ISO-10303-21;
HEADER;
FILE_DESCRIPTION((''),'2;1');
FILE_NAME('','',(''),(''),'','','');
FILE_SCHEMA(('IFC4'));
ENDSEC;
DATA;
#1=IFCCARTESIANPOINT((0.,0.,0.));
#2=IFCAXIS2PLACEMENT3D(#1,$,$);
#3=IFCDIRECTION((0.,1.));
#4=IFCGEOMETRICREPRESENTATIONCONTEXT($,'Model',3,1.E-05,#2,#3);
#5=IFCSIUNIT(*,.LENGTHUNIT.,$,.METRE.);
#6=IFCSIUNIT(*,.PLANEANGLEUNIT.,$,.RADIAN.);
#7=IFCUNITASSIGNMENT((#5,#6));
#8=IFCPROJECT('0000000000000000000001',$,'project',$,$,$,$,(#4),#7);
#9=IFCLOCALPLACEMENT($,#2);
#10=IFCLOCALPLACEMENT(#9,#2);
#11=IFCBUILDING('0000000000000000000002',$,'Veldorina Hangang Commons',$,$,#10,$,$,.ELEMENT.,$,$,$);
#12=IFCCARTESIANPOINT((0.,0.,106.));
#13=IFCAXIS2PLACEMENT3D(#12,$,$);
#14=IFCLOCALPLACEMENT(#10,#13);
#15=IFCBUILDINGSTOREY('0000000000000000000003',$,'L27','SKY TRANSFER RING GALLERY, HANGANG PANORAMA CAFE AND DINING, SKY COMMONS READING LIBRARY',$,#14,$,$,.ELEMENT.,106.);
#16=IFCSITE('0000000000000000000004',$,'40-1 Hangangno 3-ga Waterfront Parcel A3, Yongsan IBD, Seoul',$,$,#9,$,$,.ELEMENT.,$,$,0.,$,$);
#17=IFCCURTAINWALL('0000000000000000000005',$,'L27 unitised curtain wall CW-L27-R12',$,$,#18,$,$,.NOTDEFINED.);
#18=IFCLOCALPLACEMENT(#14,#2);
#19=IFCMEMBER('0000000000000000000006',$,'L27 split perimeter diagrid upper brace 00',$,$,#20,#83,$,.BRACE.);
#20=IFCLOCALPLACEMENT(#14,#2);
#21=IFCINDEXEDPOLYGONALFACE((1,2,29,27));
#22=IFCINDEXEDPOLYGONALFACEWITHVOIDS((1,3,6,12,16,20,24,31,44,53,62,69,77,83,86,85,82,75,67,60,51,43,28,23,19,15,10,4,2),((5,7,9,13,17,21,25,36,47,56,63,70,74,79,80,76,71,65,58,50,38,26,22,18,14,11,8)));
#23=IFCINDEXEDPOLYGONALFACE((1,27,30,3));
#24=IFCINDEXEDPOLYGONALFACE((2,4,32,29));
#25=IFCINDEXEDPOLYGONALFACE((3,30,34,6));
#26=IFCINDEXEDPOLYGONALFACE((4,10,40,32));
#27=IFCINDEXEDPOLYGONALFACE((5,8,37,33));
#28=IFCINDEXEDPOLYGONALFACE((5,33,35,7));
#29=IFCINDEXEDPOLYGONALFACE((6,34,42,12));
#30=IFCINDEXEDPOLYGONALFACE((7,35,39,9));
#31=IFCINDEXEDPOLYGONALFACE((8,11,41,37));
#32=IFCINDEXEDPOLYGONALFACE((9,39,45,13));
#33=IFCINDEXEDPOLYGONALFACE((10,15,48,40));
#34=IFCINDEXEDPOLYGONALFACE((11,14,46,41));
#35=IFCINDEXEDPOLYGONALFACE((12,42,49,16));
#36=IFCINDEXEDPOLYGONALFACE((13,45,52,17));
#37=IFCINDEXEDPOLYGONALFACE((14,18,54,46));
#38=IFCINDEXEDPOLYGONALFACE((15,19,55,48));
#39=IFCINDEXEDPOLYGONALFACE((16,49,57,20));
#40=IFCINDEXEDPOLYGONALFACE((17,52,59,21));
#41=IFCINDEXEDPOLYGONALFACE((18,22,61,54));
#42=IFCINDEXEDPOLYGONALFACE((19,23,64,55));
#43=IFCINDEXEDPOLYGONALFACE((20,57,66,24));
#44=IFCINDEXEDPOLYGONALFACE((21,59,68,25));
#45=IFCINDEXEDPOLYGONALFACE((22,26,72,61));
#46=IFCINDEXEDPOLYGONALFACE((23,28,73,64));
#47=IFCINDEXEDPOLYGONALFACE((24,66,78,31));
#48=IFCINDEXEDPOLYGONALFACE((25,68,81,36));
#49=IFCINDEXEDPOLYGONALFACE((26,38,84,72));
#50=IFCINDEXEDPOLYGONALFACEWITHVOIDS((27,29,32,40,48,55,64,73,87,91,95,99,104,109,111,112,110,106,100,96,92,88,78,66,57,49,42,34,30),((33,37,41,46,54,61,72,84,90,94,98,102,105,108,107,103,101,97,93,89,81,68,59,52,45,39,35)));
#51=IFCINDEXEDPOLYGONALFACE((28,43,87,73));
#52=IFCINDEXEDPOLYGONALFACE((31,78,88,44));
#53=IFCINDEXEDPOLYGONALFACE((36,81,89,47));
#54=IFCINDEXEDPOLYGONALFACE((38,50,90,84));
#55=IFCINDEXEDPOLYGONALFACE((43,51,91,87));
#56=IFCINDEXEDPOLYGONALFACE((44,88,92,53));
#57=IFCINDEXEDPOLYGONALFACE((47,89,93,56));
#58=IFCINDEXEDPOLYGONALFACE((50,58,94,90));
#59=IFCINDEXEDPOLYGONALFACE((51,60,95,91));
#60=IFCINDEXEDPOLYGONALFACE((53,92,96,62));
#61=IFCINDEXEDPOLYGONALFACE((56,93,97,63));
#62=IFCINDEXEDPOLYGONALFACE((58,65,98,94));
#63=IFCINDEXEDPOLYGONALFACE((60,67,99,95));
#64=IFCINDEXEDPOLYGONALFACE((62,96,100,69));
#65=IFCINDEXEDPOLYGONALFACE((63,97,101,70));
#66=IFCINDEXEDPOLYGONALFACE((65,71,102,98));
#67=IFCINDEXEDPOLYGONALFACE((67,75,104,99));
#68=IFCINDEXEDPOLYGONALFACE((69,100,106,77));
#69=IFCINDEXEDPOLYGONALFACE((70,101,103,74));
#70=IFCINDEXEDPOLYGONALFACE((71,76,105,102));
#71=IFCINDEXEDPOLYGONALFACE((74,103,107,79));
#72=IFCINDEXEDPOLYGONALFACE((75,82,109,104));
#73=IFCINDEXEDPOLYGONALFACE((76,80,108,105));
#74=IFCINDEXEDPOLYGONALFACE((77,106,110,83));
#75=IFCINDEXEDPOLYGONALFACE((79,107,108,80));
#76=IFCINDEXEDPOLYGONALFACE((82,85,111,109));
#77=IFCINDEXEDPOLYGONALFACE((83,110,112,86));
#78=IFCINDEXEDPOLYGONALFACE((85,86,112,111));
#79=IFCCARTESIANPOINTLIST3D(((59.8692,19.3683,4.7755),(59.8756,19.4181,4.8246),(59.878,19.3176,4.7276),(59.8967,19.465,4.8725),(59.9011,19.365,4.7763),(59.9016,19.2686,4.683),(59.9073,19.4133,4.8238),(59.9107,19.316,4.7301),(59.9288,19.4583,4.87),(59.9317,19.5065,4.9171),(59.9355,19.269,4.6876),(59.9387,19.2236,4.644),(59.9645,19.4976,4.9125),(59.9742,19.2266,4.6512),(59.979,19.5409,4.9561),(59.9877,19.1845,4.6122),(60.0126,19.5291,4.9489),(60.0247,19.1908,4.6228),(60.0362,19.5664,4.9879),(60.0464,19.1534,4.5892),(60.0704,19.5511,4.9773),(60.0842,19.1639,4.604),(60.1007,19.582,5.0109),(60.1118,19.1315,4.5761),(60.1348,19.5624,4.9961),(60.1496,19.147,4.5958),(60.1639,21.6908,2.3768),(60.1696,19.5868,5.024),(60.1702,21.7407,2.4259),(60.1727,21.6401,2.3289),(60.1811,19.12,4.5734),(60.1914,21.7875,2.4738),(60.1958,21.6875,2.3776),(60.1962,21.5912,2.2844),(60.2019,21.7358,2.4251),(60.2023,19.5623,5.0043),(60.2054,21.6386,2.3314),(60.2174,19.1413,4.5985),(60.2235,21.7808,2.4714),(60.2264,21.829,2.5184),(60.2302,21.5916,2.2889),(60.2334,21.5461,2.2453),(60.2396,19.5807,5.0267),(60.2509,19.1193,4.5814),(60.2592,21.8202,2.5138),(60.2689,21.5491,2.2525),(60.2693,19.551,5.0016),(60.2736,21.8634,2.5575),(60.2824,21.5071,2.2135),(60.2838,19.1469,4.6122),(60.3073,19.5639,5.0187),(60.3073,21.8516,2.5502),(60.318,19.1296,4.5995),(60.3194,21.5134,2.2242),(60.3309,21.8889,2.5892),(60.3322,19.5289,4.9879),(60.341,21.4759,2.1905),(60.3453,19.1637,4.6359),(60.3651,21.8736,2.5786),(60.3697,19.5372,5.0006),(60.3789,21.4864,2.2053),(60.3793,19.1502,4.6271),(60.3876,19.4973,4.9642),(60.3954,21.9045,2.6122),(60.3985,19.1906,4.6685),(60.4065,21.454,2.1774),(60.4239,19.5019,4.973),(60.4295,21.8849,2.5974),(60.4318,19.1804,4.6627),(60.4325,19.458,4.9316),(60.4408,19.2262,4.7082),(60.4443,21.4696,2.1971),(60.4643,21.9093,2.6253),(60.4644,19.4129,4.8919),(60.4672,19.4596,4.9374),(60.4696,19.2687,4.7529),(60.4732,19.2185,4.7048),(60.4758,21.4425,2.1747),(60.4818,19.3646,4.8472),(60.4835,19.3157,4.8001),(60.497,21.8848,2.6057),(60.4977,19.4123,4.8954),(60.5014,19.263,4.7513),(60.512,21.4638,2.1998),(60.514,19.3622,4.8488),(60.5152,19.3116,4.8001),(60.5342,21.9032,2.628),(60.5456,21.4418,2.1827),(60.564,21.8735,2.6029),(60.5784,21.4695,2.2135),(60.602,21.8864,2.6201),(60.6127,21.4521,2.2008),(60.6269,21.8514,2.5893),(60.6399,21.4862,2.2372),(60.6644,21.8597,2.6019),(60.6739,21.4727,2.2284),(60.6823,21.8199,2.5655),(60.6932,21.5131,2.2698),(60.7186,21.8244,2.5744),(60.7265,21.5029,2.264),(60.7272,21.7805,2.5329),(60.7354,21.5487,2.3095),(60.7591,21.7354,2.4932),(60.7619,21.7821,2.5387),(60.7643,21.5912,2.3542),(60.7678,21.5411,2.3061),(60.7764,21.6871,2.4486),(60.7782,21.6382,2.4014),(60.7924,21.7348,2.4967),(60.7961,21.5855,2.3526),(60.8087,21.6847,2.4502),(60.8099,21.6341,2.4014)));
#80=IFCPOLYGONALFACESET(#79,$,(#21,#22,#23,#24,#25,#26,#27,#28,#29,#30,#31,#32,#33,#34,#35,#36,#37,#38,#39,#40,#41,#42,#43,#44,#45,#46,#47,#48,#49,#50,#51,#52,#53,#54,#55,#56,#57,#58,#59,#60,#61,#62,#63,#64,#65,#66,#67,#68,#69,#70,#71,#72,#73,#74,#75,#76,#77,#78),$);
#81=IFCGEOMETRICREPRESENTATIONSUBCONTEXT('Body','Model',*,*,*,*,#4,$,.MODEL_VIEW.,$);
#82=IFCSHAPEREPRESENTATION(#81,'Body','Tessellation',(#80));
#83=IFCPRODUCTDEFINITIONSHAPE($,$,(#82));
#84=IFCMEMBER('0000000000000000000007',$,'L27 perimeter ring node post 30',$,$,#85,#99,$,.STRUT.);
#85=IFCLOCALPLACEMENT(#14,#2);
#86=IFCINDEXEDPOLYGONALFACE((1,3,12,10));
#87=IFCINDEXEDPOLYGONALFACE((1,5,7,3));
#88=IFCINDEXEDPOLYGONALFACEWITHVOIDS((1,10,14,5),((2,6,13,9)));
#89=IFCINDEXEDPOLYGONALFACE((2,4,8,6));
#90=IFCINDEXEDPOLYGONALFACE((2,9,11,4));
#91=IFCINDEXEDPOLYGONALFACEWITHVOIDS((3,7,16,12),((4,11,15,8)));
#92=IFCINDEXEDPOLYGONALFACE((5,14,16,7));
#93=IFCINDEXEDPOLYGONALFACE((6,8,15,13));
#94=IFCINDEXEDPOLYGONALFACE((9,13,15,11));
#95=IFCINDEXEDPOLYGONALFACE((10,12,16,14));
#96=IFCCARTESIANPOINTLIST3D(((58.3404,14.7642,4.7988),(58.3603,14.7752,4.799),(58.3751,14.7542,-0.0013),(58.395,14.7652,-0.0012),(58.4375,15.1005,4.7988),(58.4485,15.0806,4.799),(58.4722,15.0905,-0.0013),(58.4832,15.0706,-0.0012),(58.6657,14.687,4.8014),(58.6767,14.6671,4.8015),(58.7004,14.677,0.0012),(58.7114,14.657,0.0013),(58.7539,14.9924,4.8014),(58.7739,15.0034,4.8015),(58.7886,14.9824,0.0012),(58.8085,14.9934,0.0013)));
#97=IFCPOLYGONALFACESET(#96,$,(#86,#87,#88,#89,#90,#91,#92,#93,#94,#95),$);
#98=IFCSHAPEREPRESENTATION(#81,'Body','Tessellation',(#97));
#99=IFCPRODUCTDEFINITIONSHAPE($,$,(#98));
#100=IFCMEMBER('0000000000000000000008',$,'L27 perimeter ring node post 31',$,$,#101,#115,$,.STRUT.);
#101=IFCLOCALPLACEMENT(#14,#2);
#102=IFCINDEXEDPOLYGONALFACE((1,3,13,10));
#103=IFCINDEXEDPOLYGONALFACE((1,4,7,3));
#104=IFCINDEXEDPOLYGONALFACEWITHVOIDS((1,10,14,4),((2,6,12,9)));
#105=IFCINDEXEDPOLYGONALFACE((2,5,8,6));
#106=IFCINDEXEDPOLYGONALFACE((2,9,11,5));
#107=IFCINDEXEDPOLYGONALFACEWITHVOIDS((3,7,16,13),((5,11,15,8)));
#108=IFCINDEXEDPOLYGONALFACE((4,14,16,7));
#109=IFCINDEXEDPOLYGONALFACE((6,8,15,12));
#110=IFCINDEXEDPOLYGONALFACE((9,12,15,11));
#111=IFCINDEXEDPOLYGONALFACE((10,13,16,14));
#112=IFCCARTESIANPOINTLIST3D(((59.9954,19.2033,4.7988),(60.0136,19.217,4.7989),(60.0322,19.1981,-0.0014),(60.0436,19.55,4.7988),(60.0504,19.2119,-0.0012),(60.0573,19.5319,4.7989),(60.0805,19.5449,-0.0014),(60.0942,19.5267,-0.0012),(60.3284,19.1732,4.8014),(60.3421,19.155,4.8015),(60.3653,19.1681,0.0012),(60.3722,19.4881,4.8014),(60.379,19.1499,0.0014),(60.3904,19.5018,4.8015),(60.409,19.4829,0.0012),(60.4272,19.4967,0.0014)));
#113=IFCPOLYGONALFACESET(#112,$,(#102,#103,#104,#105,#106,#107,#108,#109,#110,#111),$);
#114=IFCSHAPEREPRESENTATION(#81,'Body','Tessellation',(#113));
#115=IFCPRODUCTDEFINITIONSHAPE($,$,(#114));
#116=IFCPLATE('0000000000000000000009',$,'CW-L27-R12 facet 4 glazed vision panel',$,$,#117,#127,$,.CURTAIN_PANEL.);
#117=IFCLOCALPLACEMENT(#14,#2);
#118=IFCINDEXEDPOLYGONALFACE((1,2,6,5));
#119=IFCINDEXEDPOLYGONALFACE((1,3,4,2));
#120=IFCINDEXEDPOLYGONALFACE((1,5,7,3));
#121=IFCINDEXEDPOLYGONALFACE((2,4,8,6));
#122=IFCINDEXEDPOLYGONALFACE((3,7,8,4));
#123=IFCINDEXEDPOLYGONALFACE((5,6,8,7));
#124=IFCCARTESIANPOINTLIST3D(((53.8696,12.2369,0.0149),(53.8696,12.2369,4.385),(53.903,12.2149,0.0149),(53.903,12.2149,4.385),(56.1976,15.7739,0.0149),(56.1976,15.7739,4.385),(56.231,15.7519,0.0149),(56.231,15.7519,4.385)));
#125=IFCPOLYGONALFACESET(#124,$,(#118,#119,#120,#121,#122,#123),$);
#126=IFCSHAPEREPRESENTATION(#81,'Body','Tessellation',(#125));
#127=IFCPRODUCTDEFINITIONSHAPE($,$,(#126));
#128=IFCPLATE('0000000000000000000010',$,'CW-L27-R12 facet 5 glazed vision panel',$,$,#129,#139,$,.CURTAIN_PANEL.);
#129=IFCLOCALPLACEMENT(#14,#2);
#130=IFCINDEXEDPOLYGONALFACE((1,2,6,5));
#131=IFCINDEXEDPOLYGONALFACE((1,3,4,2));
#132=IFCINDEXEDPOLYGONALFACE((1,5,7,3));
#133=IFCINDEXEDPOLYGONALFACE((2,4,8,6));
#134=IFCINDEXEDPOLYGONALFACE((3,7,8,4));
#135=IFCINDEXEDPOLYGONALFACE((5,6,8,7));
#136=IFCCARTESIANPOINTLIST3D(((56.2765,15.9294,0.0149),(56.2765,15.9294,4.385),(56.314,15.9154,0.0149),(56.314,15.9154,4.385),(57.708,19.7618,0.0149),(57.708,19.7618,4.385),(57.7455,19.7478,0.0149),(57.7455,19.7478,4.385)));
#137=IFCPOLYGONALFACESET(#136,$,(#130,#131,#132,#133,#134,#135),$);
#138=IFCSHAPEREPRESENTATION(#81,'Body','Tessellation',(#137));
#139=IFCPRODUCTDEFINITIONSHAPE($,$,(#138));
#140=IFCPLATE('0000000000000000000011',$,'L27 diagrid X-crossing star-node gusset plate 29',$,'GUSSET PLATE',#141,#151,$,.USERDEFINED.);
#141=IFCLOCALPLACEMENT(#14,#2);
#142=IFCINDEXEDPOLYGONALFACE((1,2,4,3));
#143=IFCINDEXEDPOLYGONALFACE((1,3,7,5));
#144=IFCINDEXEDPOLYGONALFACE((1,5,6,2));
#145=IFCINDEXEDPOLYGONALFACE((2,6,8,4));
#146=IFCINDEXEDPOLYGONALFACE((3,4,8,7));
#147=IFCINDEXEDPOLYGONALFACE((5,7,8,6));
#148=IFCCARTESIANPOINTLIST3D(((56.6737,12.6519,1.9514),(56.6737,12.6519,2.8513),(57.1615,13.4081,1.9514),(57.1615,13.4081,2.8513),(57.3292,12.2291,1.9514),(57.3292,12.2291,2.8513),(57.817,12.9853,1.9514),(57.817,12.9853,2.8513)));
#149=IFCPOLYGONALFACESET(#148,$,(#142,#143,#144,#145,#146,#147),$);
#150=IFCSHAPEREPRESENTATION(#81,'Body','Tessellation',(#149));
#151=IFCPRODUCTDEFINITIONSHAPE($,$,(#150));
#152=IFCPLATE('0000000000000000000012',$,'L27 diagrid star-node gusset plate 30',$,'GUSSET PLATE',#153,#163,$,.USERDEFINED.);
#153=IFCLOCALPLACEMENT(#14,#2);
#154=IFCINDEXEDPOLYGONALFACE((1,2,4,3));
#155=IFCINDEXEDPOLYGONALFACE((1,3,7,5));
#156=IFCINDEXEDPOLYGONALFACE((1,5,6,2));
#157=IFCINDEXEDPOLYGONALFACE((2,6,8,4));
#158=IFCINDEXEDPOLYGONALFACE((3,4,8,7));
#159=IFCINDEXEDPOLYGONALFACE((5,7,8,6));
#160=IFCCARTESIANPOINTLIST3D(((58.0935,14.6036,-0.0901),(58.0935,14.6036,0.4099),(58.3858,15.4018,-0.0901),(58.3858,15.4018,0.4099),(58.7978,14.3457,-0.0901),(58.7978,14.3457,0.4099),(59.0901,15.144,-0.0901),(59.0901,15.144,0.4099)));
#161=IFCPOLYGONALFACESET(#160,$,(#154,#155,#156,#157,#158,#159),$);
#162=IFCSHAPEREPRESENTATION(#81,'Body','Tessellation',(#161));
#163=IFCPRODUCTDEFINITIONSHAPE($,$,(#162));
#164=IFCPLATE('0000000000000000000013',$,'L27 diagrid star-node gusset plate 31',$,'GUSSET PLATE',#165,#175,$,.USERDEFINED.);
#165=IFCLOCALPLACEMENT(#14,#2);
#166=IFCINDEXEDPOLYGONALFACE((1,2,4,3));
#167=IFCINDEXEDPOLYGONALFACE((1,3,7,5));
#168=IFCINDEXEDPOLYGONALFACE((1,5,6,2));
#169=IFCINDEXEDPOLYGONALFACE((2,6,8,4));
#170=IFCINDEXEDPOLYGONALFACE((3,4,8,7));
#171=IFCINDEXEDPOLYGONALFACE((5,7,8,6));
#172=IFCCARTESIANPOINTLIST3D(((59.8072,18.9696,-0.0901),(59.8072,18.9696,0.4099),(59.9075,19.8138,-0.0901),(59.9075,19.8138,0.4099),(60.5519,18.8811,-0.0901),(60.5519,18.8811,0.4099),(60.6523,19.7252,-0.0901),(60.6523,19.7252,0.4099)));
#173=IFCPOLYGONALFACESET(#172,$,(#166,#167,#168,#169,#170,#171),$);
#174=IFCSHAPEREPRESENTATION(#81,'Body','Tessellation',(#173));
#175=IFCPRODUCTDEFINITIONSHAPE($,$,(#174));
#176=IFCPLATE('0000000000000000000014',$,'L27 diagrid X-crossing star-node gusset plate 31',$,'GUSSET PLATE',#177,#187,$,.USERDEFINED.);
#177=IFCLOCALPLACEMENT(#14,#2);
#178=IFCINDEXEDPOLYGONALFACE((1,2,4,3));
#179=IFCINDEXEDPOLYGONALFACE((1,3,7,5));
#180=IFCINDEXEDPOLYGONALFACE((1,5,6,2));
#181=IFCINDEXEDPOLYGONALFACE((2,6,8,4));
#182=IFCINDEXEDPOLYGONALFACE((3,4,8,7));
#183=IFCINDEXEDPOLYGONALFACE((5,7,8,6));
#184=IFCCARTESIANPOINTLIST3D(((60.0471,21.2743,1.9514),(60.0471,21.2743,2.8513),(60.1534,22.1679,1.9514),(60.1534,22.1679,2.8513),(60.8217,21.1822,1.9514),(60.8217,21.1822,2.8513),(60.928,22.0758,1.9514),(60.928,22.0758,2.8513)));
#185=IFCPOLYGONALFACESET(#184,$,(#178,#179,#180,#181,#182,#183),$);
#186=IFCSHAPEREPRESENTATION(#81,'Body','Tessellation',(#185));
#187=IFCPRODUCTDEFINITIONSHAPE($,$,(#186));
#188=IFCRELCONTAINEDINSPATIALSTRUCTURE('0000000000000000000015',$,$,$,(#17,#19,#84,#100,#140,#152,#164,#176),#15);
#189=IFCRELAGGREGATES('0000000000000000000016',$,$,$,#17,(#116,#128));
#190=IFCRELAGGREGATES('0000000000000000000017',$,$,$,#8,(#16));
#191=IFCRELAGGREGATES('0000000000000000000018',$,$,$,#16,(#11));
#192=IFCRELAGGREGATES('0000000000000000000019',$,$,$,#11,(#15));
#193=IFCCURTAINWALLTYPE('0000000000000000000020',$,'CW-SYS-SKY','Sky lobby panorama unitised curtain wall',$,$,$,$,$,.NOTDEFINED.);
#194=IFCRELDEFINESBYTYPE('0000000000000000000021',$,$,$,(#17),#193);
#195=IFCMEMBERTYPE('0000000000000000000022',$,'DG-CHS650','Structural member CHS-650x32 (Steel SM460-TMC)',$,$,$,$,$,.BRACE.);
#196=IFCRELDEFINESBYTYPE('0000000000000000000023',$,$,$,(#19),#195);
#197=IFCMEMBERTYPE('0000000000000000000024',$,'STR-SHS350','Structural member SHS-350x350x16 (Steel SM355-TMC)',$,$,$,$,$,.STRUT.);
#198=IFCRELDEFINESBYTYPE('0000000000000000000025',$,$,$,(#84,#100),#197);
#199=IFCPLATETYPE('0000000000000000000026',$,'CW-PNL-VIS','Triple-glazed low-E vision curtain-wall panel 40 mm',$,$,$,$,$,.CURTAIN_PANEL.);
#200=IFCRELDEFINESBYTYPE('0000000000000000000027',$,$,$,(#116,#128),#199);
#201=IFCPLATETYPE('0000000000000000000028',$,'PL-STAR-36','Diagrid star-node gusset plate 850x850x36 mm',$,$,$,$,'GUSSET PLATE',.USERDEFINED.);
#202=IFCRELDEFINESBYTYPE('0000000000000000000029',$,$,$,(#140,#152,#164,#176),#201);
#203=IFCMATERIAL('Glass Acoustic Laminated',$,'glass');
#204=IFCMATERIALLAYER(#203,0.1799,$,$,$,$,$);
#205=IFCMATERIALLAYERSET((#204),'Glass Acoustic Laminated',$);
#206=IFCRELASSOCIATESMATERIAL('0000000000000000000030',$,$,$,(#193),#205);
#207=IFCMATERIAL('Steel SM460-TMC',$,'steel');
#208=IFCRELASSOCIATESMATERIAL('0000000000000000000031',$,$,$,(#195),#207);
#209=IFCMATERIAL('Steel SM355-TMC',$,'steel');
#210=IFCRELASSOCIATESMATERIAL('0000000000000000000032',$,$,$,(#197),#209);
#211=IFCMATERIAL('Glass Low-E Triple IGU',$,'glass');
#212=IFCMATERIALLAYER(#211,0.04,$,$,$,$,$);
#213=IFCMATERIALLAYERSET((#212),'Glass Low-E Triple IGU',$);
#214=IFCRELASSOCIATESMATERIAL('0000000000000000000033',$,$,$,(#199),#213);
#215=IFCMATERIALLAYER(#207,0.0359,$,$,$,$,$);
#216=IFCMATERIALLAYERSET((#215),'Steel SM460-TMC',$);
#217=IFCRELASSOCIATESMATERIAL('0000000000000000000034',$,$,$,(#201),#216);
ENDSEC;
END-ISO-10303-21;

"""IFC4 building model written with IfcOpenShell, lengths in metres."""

from ifc_helpers import new_model, si_unit, direction, frame, origin, origin_2d, place, context, subcontext, project, spatial, rectangle, hollow_rectangle, hollow_circle, extrude, material, layer, layer_set, material_profile, profile_set, type_object, element, aggregate, save


model = new_model("IFC4")

# Units and contexts
model_context = context("Model", 3, precision=1e-05, world=origin(), true_north=direction((0.0, 1.0)))
body_context = subcontext(model_context, "Body", "Model", "MODEL_VIEW")
ifc_project = project(units=[si_unit("LENGTHUNIT", "METRE"), si_unit("PLANEANGLEUNIT", "RADIAN")], contexts=[model_context])

# Site, building, storey
site_placement = place(None, origin())
site = spatial("IfcSite", under=ifc_project, at=site_placement, Name="40-1 Hangangno 3-ga Waterfront Parcel A3, Yongsan IBD, Seoul", CompositionType="ELEMENT", RefElevation=0.0)
building_placement = place(site_placement, origin())
building = spatial("IfcBuilding", under=site, at=building_placement, Name="Veldorina Hangang Commons", CompositionType="ELEMENT")
storey_placement = place(building_placement, frame((0.0, 0.0, 106.0)))
storey = spatial("IfcBuildingStorey", under=building, at=storey_placement, Name="L27", Description="SKY TRANSFER RING GALLERY, HANGANG PANORAMA CAFE AND DINING, SKY COMMONS READING LIBRARY", CompositionType="ELEMENT", Elevation=106.0)

# Shared definitions
ifc_material_1 = material(Name="Steel SM460-TMC", Category="steel")

# Curtain wall
ifc_material_2 = material(Name="Glass Acoustic Laminated", Category="glass")
ifc_layer_1 = layer(ifc_material_2, 0.1799)
ifc_layer_set_1 = layer_set([ifc_layer_1], Name="Glass Acoustic Laminated")
curtain_wall_type = type_object("IfcCurtainWallType", Name="CW-SYS-SKY", Description="Sky lobby panorama unitised curtain wall", PredefinedType="NOTDEFINED", material=ifc_layer_set_1)
curtain_wall_placement = place(storey_placement, origin())
curtain_wall = element("IfcCurtainWall", 1, at=curtain_wall_placement, inside=storey, type_object=curtain_wall_type, Name="L27 unitised curtain wall CW-L27-R12", PredefinedType="NOTDEFINED")

# Members
ifc_material_profile_1 = material_profile(ifc_material_1, hollow_circle(Radius=0.325, WallThickness=0.032, at=origin_2d()), Name="CHS-650x32")
ifc_profile_set_1 = profile_set([ifc_material_profile_1], Name="Steel SM460-TMC")
member_type_1 = type_object("IfcMemberType", Name="DG-CHS650", Description="Structural member CHS-650x32 (Steel SM460-TMC)", PredefinedType="BRACE", material=ifc_profile_set_1)
member_1_placement = place(storey_placement, frame((60.4875, 21.675, 2.4014), z_axis=(-0.087916, -0.692914, 0.71564), x_axis=(0.992047, -0.12587, 0.0)))
element("IfcMember", 2, at=member_1_placement, inside=storey, type_object=member_type_1, Name="L27 split perimeter diagrid upper brace 00", PredefinedType="BRACE", context=body_context, shape_type="SweptSolid", body=[
    extrude(hollow_circle(Radius=0.325, WallThickness=0.032, at=origin_2d()), origin(), (0.0, 0.0, 1.0), 3.3518),
])
ifc_material_3 = material(Name="Steel SM355-TMC", Category="steel")
ifc_material_profile_2 = material_profile(ifc_material_3, hollow_rectangle(XDim=0.3501, YDim=0.3501, WallThickness=0.0161, at=origin_2d()), Name="SHS-350x350x16")
ifc_profile_set_2 = profile_set([ifc_material_profile_2], Name="Steel SM355-TMC")
member_type_2 = type_object("IfcMemberType", Name="STR-SHS350", Description="Structural member SHS-350x350x16 (Steel SM355-TMC)", PredefinedType="STRUT", material=ifc_profile_set_2)
for number, where, z_axis, x_axis, name in (
    (3, (58.5918, 14.8738, 0.0), (-0.007222, 0.002085, 0.999972), (-0.277401, -0.960754, 0.0), "L27 perimeter ring node post 30"),
    (4, (60.2297, 19.3474, 0.0), (-0.00768, 0.001068, 0.99997), (-0.137747, -0.990467, 0.0), "L27 perimeter ring node post 31"),
):
    element("IfcMember", number, at=place(storey_placement, frame(where, z_axis=z_axis, x_axis=x_axis)), inside=storey, type_object=member_type_2, Name=name, PredefinedType="STRUT", context=body_context, shape_type="SweptSolid", body=[
        extrude(hollow_rectangle(XDim=0.3501, YDim=0.3501, WallThickness=0.0161, at=origin_2d()), origin(), (0.0, 0.0, 1.0), 4.8003),
    ])

# Plates
ifc_material_4 = material(Name="Glass Low-E Triple IGU", Category="glass")
ifc_layer_2 = layer(ifc_material_4, 0.04)
ifc_layer_set_2 = layer_set([ifc_layer_2], Name="Glass Low-E Triple IGU")
plate_type_1 = type_object("IfcPlateType", Name="CW-PNL-VIS", Description="Triple-glazed low-E vision curtain-wall panel 40 mm", PredefinedType="CURTAIN_PANEL", material=ifc_layer_set_2)
plate_1_placement = place(storey_placement, frame((55.0503, 13.9944, 0.0149), z_axis=(0.0, 0.0, 1.0), x_axis=(0.549781, 0.835309, 0.0)))
plate_1 = element("IfcPlate", 5, at=plate_1_placement, type_object=plate_type_1, Name="CW-L27-R12 facet 4 glazed vision panel", PredefinedType="CURTAIN_PANEL", context=body_context, shape_type="SweptSolid", body=[
    extrude(rectangle(XDim=4.2344, YDim=0.04, at=origin_2d()), origin(), (0.0, 0.0, 1.0), 4.3701),
])
plate_2_placement = place(storey_placement, frame((57.011, 17.8386, 0.0149), z_axis=(0.0, 0.0, 1.0), x_axis=(0.349913, 0.936782, 0.0)))
plate_2 = element("IfcPlate", 6, at=plate_2_placement, type_object=plate_type_1, Name="CW-L27-R12 facet 5 glazed vision panel", PredefinedType="CURTAIN_PANEL", context=body_context, shape_type="SweptSolid", body=[
    extrude(rectangle(XDim=4.0911, YDim=0.04, at=origin_2d()), origin(), (0.0, 0.0, 1.0), 4.3701),
])
aggregate(curtain_wall, [plate_1, plate_2])

# Plates
ifc_layer_3 = layer(ifc_material_1, 0.0359)
ifc_layer_set_3 = layer_set([ifc_layer_3], Name="Steel SM460-TMC")
plate_type_2 = type_object("IfcPlateType", Name="PL-STAR-36", Description="Diagrid star-node gusset plate 850x850x36 mm", ElementType="GUSSET PLATE", PredefinedType="USERDEFINED", material=ifc_layer_set_3)
plate_3_placement = place(storey_placement, frame((57.2454, 12.8186, 1.9514), z_axis=(0.0, 0.0, 1.0), x_axis=(0.542104, 0.840311, 0.0)))
element("IfcPlate", 7, at=plate_3_placement, inside=storey, type_object=plate_type_2, Name="L27 diagrid X-crossing star-node gusset plate 29", ObjectType="GUSSET PLATE", PredefinedType="USERDEFINED", context=body_context, shape_type="SweptSolid", body=[
    extrude(rectangle(XDim=0.8999, YDim=0.78, at=origin_2d()), origin(), (0.0, 0.0, 1.0), 0.8999),
])
for number, where, z_axis, x_axis, name in (
    (8, (58.5918, 14.8738, -0.0901), (0.0, 0.0, 1.0), (0.343791, 0.939046, 0.0), "L27 diagrid star-node gusset plate 30"),
    (9, (60.2297, 19.3474, -0.0901), (0.0, 0.0, 1.0), (0.118057, 0.993007, 0.0), "L27 diagrid star-node gusset plate 31"),
):
    element("IfcPlate", number, at=place(storey_placement, frame(where, z_axis=z_axis, x_axis=x_axis)), inside=storey, type_object=plate_type_2, Name=name, ObjectType="GUSSET PLATE", PredefinedType="USERDEFINED", context=body_context, shape_type="SweptSolid", body=[
        extrude(rectangle(XDim=0.8501, YDim=0.75, at=origin_2d()), origin(), (0.0, 0.0, 1.0), 0.5),
    ])
plate_4_placement = place(storey_placement, frame((60.4875, 21.675, 1.9514), z_axis=(0.0, 0.0, 1.0), x_axis=(0.118057, 0.993007, 0.0)))
element("IfcPlate", 10, at=plate_4_placement, inside=storey, type_object=plate_type_2, Name="L27 diagrid X-crossing star-node gusset plate 31", ObjectType="GUSSET PLATE", PredefinedType="USERDEFINED", context=body_context, shape_type="SweptSolid", body=[
    extrude(rectangle(XDim=0.8999, YDim=0.78, at=origin_2d()), origin(), (0.0, 0.0, 1.0), 0.8999),
])

save(model, "model.ifc")
